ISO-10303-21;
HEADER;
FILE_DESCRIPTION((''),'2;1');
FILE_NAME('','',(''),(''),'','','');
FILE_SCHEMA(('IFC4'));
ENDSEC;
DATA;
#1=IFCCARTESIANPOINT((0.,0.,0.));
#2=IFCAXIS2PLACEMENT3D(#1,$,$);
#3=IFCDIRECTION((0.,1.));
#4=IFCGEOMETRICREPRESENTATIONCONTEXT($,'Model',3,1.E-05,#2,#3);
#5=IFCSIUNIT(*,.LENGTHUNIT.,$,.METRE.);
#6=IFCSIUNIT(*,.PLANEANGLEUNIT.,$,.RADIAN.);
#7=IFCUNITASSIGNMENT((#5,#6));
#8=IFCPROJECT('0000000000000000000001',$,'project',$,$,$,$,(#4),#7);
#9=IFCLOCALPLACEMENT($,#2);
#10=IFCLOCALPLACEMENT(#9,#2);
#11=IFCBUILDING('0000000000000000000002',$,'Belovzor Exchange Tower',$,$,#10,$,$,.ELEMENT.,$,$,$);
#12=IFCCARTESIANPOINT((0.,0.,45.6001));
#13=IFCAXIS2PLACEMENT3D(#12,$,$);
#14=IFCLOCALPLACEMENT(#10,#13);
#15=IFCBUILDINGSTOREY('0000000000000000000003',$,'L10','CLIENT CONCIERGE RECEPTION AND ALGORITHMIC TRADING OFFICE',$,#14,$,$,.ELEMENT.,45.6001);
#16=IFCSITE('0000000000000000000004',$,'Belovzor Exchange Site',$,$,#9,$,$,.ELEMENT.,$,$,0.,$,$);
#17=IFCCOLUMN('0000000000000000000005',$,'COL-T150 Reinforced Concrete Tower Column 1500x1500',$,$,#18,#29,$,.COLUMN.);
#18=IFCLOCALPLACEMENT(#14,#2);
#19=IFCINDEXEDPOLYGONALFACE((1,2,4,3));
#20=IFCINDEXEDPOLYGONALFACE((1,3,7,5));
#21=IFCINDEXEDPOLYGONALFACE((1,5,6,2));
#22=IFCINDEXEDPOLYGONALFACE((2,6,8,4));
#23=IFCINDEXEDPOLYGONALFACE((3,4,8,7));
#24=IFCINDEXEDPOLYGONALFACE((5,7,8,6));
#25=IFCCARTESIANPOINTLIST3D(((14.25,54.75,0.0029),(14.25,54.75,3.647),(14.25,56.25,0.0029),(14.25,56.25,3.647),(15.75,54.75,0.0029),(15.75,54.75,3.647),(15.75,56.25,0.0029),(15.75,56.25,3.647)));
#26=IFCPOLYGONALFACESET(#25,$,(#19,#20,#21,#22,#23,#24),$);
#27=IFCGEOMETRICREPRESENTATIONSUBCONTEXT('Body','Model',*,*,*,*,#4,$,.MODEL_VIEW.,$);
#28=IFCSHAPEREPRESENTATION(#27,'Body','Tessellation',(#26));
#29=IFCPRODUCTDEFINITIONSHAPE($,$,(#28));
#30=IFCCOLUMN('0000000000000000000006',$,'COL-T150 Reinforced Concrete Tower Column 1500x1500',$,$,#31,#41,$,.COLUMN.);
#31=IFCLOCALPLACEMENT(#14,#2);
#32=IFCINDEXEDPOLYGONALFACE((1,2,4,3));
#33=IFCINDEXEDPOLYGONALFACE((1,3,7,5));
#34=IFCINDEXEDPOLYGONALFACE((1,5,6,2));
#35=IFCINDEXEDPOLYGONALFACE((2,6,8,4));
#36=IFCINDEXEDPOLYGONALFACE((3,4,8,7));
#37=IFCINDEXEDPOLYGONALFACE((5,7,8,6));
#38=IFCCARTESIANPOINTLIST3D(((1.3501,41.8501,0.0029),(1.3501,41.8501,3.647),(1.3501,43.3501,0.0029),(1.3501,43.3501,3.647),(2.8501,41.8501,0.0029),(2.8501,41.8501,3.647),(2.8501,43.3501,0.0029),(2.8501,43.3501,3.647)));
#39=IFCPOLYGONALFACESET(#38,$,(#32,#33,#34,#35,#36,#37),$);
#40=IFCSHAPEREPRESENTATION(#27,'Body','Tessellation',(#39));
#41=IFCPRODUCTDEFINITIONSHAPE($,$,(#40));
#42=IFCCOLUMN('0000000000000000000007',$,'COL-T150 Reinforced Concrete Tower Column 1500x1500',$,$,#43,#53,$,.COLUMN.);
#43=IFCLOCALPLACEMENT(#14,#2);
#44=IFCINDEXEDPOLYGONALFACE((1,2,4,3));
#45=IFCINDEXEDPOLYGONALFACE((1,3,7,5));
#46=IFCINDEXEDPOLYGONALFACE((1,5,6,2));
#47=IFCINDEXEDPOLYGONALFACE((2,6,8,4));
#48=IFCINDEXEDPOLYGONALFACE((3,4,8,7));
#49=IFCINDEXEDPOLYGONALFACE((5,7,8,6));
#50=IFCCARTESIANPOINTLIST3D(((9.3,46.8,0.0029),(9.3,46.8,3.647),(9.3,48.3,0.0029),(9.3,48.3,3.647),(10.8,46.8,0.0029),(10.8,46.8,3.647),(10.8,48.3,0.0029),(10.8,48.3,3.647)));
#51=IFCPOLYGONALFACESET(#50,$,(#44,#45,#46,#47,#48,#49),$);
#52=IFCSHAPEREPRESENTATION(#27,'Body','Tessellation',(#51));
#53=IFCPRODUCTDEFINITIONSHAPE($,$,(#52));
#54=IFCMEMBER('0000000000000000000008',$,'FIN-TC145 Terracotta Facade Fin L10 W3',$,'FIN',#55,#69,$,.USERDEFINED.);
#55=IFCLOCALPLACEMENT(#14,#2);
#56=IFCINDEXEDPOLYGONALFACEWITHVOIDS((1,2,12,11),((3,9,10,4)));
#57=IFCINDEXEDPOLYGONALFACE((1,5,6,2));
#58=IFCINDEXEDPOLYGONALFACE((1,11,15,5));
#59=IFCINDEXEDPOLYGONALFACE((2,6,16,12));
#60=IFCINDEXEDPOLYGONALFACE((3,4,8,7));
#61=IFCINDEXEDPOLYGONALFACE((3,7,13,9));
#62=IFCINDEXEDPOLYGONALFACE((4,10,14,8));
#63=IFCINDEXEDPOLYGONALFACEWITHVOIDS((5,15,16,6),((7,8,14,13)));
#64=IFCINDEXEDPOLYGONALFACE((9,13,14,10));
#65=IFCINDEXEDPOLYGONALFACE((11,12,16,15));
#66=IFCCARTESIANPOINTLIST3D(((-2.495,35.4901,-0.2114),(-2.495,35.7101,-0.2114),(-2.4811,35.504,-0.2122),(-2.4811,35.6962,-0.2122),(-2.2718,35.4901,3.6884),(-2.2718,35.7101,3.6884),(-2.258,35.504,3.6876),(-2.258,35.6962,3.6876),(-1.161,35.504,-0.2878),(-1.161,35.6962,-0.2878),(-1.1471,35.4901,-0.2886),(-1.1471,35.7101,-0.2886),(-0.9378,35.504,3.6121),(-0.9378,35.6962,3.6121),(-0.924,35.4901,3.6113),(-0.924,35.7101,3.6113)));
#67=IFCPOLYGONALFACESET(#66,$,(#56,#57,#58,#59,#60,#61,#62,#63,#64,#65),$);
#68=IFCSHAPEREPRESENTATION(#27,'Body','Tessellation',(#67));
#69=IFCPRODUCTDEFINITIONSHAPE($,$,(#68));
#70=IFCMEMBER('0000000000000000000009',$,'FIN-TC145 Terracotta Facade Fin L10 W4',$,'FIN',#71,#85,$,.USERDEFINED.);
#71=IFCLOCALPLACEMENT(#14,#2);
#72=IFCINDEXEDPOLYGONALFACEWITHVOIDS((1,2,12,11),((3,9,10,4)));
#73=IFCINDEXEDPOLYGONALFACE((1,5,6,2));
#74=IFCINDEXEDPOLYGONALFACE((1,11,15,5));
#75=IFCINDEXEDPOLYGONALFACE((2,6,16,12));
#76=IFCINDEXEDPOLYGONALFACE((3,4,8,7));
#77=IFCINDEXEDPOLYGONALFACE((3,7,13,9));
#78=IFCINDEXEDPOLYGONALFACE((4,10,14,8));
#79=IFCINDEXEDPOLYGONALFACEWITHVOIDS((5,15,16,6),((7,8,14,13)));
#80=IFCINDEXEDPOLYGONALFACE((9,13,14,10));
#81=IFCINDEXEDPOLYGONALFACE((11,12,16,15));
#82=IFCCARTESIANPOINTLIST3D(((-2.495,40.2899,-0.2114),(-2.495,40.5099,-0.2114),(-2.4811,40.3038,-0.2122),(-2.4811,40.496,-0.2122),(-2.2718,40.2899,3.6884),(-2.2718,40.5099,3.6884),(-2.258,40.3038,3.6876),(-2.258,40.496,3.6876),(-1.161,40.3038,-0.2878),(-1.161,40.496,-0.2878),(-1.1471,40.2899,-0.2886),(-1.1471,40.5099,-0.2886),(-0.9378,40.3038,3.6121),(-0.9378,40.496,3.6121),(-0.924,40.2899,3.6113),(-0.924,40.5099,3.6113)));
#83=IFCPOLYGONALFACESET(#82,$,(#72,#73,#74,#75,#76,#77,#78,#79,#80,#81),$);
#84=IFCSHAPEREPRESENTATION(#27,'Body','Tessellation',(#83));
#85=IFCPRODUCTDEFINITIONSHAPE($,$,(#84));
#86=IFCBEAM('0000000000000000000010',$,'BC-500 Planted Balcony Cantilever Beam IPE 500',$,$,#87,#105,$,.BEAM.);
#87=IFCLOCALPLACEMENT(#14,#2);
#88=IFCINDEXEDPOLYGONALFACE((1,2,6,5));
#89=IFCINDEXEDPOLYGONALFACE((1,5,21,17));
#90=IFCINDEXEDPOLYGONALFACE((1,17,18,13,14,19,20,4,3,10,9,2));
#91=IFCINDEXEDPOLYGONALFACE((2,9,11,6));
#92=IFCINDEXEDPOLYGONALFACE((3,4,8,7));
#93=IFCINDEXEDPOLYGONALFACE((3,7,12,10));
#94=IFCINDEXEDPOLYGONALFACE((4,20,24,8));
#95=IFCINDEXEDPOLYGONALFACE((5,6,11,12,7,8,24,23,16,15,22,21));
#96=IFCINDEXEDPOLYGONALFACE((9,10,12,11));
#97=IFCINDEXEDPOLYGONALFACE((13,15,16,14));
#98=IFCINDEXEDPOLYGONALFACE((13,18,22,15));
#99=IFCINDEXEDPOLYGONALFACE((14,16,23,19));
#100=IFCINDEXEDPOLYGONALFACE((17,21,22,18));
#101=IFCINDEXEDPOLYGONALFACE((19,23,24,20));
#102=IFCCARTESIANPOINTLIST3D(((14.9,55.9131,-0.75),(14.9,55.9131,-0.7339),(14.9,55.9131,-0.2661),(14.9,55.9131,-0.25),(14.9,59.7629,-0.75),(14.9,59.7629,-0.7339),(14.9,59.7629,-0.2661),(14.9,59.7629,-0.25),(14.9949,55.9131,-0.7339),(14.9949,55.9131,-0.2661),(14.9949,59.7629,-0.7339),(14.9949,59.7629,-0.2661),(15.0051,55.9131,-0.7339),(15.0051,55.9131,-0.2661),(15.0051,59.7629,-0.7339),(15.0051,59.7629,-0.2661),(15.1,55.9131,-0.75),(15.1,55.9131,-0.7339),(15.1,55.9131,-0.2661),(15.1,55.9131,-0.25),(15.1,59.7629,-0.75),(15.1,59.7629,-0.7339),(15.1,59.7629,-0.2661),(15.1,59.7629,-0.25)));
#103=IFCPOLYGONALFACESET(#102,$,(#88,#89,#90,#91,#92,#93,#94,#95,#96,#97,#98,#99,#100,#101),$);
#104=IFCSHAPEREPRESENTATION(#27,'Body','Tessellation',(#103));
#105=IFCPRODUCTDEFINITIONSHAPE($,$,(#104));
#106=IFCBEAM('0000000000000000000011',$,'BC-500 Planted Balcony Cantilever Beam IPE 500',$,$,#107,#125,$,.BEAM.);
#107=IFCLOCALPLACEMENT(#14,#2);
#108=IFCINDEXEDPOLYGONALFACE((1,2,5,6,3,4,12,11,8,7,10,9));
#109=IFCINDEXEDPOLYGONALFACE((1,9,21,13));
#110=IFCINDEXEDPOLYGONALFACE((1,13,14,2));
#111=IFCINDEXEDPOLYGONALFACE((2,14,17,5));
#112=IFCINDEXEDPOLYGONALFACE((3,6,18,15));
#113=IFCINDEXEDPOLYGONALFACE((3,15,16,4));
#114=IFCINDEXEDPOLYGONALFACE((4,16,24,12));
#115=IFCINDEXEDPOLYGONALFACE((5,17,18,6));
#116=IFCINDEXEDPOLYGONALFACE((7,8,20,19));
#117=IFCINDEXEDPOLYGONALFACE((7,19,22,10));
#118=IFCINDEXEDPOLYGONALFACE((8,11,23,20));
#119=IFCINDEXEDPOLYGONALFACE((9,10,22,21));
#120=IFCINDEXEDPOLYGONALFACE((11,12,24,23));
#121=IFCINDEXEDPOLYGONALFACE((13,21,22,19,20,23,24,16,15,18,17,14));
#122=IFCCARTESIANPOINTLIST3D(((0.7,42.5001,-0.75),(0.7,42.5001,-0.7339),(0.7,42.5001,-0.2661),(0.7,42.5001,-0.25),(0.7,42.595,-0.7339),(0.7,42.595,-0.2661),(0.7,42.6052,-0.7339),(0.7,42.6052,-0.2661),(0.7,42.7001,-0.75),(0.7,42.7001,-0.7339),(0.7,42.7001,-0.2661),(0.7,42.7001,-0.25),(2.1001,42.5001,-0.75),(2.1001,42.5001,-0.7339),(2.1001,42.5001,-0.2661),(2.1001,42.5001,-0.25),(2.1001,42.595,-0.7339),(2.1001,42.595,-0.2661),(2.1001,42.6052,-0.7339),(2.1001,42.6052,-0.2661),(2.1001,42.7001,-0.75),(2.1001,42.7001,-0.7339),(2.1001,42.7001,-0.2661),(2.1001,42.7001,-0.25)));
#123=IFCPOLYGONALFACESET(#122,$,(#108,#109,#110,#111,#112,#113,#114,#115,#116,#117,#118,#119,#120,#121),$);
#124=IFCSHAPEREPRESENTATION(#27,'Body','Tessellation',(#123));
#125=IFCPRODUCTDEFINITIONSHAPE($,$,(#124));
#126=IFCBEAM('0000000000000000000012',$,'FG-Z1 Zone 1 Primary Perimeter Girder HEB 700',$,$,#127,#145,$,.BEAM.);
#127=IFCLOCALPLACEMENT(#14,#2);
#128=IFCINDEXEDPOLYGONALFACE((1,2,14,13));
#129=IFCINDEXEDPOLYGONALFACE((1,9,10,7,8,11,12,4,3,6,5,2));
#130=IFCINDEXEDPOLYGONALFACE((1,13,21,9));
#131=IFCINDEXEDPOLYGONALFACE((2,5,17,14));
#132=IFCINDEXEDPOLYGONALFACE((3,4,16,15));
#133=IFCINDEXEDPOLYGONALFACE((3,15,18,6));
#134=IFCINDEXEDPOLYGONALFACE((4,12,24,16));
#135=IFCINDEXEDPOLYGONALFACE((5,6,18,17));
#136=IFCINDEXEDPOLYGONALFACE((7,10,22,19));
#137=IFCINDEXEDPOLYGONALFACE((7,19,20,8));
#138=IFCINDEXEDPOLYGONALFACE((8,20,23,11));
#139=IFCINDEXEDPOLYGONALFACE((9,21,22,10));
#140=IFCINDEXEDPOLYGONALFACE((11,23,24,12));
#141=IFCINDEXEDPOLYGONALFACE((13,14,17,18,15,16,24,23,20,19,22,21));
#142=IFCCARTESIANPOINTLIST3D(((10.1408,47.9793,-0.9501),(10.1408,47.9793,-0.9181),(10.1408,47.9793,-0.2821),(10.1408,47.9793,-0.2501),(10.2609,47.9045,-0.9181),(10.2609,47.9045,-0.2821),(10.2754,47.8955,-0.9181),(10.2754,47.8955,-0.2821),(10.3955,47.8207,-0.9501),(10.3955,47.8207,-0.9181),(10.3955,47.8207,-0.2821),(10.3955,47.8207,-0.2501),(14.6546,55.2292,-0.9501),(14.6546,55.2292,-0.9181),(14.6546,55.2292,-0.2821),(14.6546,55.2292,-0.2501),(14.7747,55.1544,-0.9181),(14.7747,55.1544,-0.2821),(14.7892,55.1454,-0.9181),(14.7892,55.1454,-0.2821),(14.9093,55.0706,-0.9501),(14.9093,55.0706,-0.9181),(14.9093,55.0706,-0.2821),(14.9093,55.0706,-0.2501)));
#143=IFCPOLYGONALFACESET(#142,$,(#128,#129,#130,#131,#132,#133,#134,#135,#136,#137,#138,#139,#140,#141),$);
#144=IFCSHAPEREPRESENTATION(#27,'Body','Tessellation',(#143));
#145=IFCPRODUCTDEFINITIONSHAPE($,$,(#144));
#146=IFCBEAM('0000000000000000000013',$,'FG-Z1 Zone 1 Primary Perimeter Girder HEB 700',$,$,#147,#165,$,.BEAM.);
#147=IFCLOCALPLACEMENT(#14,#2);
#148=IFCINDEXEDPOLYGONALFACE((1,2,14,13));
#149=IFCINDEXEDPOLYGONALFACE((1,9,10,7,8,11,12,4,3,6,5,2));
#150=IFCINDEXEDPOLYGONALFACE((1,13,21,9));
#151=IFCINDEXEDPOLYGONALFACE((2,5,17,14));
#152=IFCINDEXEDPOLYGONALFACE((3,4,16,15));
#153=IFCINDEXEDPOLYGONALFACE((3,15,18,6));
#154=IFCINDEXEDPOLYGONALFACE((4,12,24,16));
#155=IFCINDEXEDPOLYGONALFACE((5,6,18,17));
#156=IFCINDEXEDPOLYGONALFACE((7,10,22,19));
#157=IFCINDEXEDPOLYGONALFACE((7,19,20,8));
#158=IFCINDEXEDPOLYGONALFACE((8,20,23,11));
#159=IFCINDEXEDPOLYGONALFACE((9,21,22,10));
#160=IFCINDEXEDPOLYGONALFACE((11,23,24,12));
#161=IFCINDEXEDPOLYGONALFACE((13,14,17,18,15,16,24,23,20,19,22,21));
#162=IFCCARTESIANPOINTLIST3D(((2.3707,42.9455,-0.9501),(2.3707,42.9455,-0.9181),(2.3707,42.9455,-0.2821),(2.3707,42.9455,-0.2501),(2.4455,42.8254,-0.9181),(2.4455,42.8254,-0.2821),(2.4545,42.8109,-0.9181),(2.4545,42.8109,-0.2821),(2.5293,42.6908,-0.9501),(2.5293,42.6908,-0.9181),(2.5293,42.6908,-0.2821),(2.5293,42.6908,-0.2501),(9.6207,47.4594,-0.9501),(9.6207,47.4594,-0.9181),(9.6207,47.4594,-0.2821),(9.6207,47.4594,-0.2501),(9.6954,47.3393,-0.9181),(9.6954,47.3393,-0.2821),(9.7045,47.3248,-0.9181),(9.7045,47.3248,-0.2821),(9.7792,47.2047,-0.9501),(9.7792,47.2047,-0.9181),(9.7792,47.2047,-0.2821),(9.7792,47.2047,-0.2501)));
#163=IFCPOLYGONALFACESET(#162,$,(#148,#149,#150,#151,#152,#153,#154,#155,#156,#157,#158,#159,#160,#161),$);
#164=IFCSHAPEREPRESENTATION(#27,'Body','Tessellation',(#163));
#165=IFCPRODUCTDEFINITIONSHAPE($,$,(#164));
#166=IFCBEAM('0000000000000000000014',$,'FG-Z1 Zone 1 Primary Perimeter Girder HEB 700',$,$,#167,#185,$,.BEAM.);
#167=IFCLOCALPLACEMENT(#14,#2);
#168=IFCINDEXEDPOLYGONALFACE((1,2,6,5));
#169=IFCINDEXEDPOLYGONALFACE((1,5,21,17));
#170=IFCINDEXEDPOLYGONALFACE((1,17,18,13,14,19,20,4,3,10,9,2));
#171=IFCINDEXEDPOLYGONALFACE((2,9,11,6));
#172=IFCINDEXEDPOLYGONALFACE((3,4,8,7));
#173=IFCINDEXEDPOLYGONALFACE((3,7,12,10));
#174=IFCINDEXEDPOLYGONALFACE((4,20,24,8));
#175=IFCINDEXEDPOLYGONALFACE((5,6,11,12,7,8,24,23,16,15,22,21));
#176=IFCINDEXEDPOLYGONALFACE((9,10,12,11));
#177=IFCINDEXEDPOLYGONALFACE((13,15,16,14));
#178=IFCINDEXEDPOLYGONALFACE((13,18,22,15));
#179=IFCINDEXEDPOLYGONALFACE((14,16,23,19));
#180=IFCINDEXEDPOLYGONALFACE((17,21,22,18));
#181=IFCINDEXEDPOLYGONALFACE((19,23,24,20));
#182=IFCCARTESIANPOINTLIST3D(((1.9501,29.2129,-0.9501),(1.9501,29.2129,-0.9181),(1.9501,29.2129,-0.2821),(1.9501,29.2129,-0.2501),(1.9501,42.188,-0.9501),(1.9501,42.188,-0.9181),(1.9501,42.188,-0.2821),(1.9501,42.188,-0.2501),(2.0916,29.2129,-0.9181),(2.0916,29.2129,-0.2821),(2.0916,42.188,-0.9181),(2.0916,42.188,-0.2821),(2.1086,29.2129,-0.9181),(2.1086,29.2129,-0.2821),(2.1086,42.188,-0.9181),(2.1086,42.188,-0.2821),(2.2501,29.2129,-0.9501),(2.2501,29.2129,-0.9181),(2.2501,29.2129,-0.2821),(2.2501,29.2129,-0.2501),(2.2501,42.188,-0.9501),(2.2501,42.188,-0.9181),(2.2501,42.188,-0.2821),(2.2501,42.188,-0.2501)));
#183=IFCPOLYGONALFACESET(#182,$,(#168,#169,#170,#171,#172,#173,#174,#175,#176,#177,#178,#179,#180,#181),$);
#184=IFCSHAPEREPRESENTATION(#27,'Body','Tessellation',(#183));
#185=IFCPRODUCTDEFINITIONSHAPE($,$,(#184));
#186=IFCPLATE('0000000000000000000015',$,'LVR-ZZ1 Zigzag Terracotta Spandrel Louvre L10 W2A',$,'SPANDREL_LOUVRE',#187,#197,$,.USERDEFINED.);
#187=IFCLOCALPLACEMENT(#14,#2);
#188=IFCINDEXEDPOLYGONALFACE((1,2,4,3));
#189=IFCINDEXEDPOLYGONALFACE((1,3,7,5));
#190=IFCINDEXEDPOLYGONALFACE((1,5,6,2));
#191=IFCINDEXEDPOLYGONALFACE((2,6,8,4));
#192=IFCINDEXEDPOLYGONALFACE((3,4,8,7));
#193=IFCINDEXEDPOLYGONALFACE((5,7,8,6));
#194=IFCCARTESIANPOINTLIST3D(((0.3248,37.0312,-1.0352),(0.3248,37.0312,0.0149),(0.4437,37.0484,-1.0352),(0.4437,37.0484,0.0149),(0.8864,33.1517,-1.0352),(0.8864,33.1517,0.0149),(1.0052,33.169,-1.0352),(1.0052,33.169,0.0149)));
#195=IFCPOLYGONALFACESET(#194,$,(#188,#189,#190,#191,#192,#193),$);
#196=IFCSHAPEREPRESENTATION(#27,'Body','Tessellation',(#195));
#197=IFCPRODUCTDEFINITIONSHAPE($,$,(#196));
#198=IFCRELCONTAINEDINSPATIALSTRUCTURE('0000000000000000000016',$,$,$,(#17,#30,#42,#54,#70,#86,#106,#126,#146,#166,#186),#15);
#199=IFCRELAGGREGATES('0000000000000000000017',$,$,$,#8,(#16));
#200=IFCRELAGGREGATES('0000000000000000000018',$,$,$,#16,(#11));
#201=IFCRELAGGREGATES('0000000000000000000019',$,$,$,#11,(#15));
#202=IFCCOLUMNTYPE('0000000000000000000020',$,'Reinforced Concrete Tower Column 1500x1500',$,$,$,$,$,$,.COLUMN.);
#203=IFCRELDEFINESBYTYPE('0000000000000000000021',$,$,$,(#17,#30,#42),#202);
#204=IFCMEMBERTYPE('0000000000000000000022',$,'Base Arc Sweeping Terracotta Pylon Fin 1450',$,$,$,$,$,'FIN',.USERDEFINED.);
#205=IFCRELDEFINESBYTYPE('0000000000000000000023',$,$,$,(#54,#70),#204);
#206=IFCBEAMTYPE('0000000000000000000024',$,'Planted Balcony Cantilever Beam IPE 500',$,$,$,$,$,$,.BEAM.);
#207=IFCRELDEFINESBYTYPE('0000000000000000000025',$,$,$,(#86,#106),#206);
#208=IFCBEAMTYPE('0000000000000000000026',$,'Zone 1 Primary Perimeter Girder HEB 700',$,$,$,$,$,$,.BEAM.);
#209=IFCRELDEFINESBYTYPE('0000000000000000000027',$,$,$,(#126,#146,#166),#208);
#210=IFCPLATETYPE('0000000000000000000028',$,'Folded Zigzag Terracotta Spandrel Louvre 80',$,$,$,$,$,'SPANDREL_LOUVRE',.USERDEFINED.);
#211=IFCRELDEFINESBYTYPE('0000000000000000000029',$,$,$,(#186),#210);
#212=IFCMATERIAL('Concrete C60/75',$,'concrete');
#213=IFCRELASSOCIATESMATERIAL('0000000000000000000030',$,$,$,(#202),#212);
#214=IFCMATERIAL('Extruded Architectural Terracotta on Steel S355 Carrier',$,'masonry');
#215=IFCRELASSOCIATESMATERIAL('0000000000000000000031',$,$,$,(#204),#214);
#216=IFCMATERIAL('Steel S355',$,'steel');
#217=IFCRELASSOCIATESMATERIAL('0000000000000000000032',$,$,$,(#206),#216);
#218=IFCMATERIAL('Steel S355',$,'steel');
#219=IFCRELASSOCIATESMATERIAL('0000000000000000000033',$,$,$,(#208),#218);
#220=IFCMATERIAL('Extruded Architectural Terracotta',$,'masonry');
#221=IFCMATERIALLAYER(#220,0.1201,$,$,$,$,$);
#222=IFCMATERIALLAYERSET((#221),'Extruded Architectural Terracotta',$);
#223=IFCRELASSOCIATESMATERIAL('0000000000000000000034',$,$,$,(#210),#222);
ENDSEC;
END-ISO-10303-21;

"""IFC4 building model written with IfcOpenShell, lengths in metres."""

from ifc_helpers import new_model, si_unit, direction, frame, origin, origin_2d, place, context, subcontext, project, spatial, rectangle, hollow_rectangle, i_section, extrude, material, layer, layer_set, material_profile, profile_set, type_object, element, save


model = new_model("IFC4")

# Units and contexts
model_context = context("Model", 3, precision=1e-05, world=origin(), true_north=direction((0.0, 1.0)))
body_context = subcontext(model_context, "Body", "Model", "MODEL_VIEW")
ifc_project = project(units=[si_unit("LENGTHUNIT", "METRE"), si_unit("PLANEANGLEUNIT", "RADIAN")], contexts=[model_context])

# Site, building, storey
site_placement = place(None, origin())
site = spatial("IfcSite", under=ifc_project, at=site_placement, Name="Belovzor Exchange Site", CompositionType="ELEMENT", RefElevation=0.0)
building_placement = place(site_placement, origin())
building = spatial("IfcBuilding", under=site, at=building_placement, Name="Belovzor Exchange Tower", CompositionType="ELEMENT")
storey_placement = place(building_placement, frame((0.0, 0.0, 45.6001)))
storey = spatial("IfcBuildingStorey", under=building, at=storey_placement, Name="L10", Description="CLIENT CONCIERGE RECEPTION AND ALGORITHMIC TRADING OFFICE", CompositionType="ELEMENT", Elevation=45.6001)

# Columns
ifc_material_1 = material(Name="Concrete C60/75", Category="concrete")
ifc_material_profile_1 = material_profile(ifc_material_1, rectangle(XDim=1.5, YDim=1.5, at=origin_2d()))
ifc_profile_set_1 = profile_set([ifc_material_profile_1], Name="Concrete C60/75")
column_type = type_object("IfcColumnType", Name="Reinforced Concrete Tower Column 1500x1500", PredefinedType="COLUMN", material=ifc_profile_set_1)
for number, where, z_axis, x_axis, name in (
    (1, (15.0, 55.5, 0.0029), (0.0, 0.0, 1.0), (1.0, 0.0, 0.0), "COL-T150 Reinforced Concrete Tower Column 1500x1500"),
    (2, (2.1001, 42.6001, 0.0029), (0.0, 0.0, 1.0), (1.0, 0.0, 0.0), "COL-T150 Reinforced Concrete Tower Column 1500x1500"),
    (3, (10.05, 47.55, 0.0029), (0.0, 0.0, 1.0), (1.0, 0.0, 0.0), "COL-T150 Reinforced Concrete Tower Column 1500x1500"),
):
    element("IfcColumn", number, at=place(storey_placement, frame(where, z_axis=z_axis, x_axis=x_axis)), inside=storey, type_object=column_type, Name=name, PredefinedType="COLUMN", context=body_context, shape_type="SweptSolid", body=[
        extrude(rectangle(XDim=1.5, YDim=1.5, at=origin_2d()), origin(), (0.0, 0.0, 1.0), 3.644),
    ])

# Members
ifc_material_2 = material(Name="Extruded Architectural Terracotta on Steel S355 Carrier", Category="masonry")
ifc_material_profile_2 = material_profile(ifc_material_2, hollow_rectangle(XDim=0.22, YDim=1.3501, WallThickness=0.0139, at=origin_2d()))
ifc_profile_set_2 = profile_set([ifc_material_profile_2], Name="Extruded Architectural Terracotta on Steel S355 Carrier")
member_type = type_object("IfcMemberType", Name="Base Arc Sweeping Terracotta Pylon Fin 1450", ElementType="FIN", PredefinedType="USERDEFINED", material=ifc_profile_set_2)
for number, where, z_axis, x_axis, name in (
    (4, (-1.821, 35.6001, -0.25), (0.057125, 0.0, 0.998367), (0.0, 1.0, 0.0), "FIN-TC145 Terracotta Facade Fin L10 W3"),
    (5, (-1.821, 40.3999, -0.25), (0.057125, 0.0, 0.998367), (0.0, 1.0, 0.0), "FIN-TC145 Terracotta Facade Fin L10 W4"),
):
    element("IfcMember", number, at=place(storey_placement, frame(where, z_axis=z_axis, x_axis=x_axis)), inside=storey, type_object=member_type, Name=name, ObjectType="FIN", PredefinedType="USERDEFINED", context=body_context, shape_type="SweptSolid", body=[
        extrude(hollow_rectangle(XDim=0.22, YDim=1.3501, WallThickness=0.0139, at=origin_2d()), origin(), (0.0, 0.0, 1.0), 3.9062),
    ])

# Beams
ifc_material_3 = material(Name="Steel S355", Category="steel")
ifc_material_profile_3 = material_profile(ifc_material_3, i_section(OverallWidth=0.2, OverallDepth=0.5, WebThickness=0.0103, FlangeThickness=0.0161, at=origin_2d()))
ifc_profile_set_3 = profile_set([ifc_material_profile_3], Name="Steel S355")
beam_type_1 = type_object("IfcBeamType", Name="Planted Balcony Cantilever Beam IPE 500", PredefinedType="BEAM", material=ifc_profile_set_3)
beam_1_placement = place(storey_placement, frame((15.0, 55.9131, -0.5), z_axis=(0.0, 1.0, 0.0), x_axis=(-1.0, 0.0, 0.0)))
element("IfcBeam", 6, at=beam_1_placement, inside=storey, type_object=beam_type_1, Name="BC-500 Planted Balcony Cantilever Beam IPE 500", PredefinedType="BEAM", context=body_context, shape_type="SweptSolid", body=[
    extrude(i_section(OverallWidth=0.2, OverallDepth=0.5, WebThickness=0.0103, FlangeThickness=0.0161, at=origin_2d()), origin(), (0.0, 0.0, 1.0), 3.8499),
])
beam_2_placement = place(storey_placement, frame((2.1001, 42.6001, -0.5), z_axis=(-1.0, 0.0, 0.0), x_axis=(0.0, -1.0, 0.0)))
element("IfcBeam", 7, at=beam_2_placement, inside=storey, type_object=beam_type_1, Name="BC-500 Planted Balcony Cantilever Beam IPE 500", PredefinedType="BEAM", context=body_context, shape_type="SweptSolid", body=[
    extrude(i_section(OverallWidth=0.2, OverallDepth=0.5, WebThickness=0.0103, FlangeThickness=0.0161, at=origin_2d()), origin(), (0.0, 0.0, 1.0), 1.4001),
])
ifc_material_4 = material(Name="Steel S355", Category="steel")
ifc_material_profile_4 = material_profile(ifc_material_4, i_section(OverallWidth=0.3, OverallDepth=0.7, WebThickness=0.0171, FlangeThickness=0.032, at=origin_2d()))
ifc_profile_set_4 = profile_set([ifc_material_profile_4], Name="Steel S355")
beam_type_2 = type_object("IfcBeamType", Name="Zone 1 Primary Perimeter Girder HEB 700", PredefinedType="BEAM", material=ifc_profile_set_4)
for number, where, z_axis, x_axis, name in (
    (8, (14.782, 55.1499, -0.6001), (-0.528539, -0.848909, 0.0), (0.848909, -0.528539, 0.0), "FG-Z1 Zone 1 Primary Perimeter Girder HEB 700"),
    (9, (9.7, 47.332, -0.6001), (-0.848909, -0.528539, 0.0), (0.528539, -0.848909, 0.0), "FG-Z1 Zone 1 Primary Perimeter Girder HEB 700"),
):
    element("IfcBeam", number, at=place(storey_placement, frame(where, z_axis=z_axis, x_axis=x_axis)), inside=storey, type_object=beam_type_2, Name=name, PredefinedType="BEAM", context=body_context, shape_type="SweptSolid", body=[
        extrude(i_section(OverallWidth=0.3, OverallDepth=0.7, WebThickness=0.0171, FlangeThickness=0.032, at=origin_2d()), origin(), (0.0, 0.0, 1.0), 8.5403),
    ])
beam_3_placement = place(storey_placement, frame((2.1001, 42.188, -0.6001), z_axis=(0.0, -1.0, 0.0), x_axis=(1.0, 0.0, 0.0)))
element("IfcBeam", 10, at=beam_3_placement, inside=storey, type_object=beam_type_2, Name="FG-Z1 Zone 1 Primary Perimeter Girder HEB 700", PredefinedType="BEAM", context=body_context, shape_type="SweptSolid", body=[
    extrude(i_section(OverallWidth=0.3, OverallDepth=0.7, WebThickness=0.0171, FlangeThickness=0.032, at=origin_2d()), origin(), (0.0, 0.0, 1.0), 12.9751),
])

# Plate
ifc_material_5 = material(Name="Extruded Architectural Terracotta", Category="masonry")
ifc_layer_1 = layer(ifc_material_5, 0.1201)
ifc_layer_set_1 = layer_set([ifc_layer_1], Name="Extruded Architectural Terracotta")
plate_type = type_object("IfcPlateType", Name="Folded Zigzag Terracotta Spandrel Louvre 80", ElementType="SPANDREL_LOUVRE", PredefinedType="USERDEFINED", material=ifc_layer_set_1)
for number, where, z_axis, x_axis, name in (
    (11, (0.665, 35.1001, -1.0352), (0.0, 0.0, 1.0), (-0.143251, 0.989686, 0.0), "LVR-ZZ1 Zigzag Terracotta Spandrel Louvre L10 W2A"),
):
    element("IfcPlate", number, at=place(storey_placement, frame(where, z_axis=z_axis, x_axis=x_axis)), inside=storey, type_object=plate_type, Name=name, ObjectType="SPANDREL_LOUVRE", PredefinedType="USERDEFINED", context=body_context, shape_type="SweptSolid", body=[
        extrude(rectangle(XDim=3.9199, YDim=0.1201, at=origin_2d()), origin(), (0.0, 0.0, 1.0), 1.05),
    ])

save(model, "model.ifc")
